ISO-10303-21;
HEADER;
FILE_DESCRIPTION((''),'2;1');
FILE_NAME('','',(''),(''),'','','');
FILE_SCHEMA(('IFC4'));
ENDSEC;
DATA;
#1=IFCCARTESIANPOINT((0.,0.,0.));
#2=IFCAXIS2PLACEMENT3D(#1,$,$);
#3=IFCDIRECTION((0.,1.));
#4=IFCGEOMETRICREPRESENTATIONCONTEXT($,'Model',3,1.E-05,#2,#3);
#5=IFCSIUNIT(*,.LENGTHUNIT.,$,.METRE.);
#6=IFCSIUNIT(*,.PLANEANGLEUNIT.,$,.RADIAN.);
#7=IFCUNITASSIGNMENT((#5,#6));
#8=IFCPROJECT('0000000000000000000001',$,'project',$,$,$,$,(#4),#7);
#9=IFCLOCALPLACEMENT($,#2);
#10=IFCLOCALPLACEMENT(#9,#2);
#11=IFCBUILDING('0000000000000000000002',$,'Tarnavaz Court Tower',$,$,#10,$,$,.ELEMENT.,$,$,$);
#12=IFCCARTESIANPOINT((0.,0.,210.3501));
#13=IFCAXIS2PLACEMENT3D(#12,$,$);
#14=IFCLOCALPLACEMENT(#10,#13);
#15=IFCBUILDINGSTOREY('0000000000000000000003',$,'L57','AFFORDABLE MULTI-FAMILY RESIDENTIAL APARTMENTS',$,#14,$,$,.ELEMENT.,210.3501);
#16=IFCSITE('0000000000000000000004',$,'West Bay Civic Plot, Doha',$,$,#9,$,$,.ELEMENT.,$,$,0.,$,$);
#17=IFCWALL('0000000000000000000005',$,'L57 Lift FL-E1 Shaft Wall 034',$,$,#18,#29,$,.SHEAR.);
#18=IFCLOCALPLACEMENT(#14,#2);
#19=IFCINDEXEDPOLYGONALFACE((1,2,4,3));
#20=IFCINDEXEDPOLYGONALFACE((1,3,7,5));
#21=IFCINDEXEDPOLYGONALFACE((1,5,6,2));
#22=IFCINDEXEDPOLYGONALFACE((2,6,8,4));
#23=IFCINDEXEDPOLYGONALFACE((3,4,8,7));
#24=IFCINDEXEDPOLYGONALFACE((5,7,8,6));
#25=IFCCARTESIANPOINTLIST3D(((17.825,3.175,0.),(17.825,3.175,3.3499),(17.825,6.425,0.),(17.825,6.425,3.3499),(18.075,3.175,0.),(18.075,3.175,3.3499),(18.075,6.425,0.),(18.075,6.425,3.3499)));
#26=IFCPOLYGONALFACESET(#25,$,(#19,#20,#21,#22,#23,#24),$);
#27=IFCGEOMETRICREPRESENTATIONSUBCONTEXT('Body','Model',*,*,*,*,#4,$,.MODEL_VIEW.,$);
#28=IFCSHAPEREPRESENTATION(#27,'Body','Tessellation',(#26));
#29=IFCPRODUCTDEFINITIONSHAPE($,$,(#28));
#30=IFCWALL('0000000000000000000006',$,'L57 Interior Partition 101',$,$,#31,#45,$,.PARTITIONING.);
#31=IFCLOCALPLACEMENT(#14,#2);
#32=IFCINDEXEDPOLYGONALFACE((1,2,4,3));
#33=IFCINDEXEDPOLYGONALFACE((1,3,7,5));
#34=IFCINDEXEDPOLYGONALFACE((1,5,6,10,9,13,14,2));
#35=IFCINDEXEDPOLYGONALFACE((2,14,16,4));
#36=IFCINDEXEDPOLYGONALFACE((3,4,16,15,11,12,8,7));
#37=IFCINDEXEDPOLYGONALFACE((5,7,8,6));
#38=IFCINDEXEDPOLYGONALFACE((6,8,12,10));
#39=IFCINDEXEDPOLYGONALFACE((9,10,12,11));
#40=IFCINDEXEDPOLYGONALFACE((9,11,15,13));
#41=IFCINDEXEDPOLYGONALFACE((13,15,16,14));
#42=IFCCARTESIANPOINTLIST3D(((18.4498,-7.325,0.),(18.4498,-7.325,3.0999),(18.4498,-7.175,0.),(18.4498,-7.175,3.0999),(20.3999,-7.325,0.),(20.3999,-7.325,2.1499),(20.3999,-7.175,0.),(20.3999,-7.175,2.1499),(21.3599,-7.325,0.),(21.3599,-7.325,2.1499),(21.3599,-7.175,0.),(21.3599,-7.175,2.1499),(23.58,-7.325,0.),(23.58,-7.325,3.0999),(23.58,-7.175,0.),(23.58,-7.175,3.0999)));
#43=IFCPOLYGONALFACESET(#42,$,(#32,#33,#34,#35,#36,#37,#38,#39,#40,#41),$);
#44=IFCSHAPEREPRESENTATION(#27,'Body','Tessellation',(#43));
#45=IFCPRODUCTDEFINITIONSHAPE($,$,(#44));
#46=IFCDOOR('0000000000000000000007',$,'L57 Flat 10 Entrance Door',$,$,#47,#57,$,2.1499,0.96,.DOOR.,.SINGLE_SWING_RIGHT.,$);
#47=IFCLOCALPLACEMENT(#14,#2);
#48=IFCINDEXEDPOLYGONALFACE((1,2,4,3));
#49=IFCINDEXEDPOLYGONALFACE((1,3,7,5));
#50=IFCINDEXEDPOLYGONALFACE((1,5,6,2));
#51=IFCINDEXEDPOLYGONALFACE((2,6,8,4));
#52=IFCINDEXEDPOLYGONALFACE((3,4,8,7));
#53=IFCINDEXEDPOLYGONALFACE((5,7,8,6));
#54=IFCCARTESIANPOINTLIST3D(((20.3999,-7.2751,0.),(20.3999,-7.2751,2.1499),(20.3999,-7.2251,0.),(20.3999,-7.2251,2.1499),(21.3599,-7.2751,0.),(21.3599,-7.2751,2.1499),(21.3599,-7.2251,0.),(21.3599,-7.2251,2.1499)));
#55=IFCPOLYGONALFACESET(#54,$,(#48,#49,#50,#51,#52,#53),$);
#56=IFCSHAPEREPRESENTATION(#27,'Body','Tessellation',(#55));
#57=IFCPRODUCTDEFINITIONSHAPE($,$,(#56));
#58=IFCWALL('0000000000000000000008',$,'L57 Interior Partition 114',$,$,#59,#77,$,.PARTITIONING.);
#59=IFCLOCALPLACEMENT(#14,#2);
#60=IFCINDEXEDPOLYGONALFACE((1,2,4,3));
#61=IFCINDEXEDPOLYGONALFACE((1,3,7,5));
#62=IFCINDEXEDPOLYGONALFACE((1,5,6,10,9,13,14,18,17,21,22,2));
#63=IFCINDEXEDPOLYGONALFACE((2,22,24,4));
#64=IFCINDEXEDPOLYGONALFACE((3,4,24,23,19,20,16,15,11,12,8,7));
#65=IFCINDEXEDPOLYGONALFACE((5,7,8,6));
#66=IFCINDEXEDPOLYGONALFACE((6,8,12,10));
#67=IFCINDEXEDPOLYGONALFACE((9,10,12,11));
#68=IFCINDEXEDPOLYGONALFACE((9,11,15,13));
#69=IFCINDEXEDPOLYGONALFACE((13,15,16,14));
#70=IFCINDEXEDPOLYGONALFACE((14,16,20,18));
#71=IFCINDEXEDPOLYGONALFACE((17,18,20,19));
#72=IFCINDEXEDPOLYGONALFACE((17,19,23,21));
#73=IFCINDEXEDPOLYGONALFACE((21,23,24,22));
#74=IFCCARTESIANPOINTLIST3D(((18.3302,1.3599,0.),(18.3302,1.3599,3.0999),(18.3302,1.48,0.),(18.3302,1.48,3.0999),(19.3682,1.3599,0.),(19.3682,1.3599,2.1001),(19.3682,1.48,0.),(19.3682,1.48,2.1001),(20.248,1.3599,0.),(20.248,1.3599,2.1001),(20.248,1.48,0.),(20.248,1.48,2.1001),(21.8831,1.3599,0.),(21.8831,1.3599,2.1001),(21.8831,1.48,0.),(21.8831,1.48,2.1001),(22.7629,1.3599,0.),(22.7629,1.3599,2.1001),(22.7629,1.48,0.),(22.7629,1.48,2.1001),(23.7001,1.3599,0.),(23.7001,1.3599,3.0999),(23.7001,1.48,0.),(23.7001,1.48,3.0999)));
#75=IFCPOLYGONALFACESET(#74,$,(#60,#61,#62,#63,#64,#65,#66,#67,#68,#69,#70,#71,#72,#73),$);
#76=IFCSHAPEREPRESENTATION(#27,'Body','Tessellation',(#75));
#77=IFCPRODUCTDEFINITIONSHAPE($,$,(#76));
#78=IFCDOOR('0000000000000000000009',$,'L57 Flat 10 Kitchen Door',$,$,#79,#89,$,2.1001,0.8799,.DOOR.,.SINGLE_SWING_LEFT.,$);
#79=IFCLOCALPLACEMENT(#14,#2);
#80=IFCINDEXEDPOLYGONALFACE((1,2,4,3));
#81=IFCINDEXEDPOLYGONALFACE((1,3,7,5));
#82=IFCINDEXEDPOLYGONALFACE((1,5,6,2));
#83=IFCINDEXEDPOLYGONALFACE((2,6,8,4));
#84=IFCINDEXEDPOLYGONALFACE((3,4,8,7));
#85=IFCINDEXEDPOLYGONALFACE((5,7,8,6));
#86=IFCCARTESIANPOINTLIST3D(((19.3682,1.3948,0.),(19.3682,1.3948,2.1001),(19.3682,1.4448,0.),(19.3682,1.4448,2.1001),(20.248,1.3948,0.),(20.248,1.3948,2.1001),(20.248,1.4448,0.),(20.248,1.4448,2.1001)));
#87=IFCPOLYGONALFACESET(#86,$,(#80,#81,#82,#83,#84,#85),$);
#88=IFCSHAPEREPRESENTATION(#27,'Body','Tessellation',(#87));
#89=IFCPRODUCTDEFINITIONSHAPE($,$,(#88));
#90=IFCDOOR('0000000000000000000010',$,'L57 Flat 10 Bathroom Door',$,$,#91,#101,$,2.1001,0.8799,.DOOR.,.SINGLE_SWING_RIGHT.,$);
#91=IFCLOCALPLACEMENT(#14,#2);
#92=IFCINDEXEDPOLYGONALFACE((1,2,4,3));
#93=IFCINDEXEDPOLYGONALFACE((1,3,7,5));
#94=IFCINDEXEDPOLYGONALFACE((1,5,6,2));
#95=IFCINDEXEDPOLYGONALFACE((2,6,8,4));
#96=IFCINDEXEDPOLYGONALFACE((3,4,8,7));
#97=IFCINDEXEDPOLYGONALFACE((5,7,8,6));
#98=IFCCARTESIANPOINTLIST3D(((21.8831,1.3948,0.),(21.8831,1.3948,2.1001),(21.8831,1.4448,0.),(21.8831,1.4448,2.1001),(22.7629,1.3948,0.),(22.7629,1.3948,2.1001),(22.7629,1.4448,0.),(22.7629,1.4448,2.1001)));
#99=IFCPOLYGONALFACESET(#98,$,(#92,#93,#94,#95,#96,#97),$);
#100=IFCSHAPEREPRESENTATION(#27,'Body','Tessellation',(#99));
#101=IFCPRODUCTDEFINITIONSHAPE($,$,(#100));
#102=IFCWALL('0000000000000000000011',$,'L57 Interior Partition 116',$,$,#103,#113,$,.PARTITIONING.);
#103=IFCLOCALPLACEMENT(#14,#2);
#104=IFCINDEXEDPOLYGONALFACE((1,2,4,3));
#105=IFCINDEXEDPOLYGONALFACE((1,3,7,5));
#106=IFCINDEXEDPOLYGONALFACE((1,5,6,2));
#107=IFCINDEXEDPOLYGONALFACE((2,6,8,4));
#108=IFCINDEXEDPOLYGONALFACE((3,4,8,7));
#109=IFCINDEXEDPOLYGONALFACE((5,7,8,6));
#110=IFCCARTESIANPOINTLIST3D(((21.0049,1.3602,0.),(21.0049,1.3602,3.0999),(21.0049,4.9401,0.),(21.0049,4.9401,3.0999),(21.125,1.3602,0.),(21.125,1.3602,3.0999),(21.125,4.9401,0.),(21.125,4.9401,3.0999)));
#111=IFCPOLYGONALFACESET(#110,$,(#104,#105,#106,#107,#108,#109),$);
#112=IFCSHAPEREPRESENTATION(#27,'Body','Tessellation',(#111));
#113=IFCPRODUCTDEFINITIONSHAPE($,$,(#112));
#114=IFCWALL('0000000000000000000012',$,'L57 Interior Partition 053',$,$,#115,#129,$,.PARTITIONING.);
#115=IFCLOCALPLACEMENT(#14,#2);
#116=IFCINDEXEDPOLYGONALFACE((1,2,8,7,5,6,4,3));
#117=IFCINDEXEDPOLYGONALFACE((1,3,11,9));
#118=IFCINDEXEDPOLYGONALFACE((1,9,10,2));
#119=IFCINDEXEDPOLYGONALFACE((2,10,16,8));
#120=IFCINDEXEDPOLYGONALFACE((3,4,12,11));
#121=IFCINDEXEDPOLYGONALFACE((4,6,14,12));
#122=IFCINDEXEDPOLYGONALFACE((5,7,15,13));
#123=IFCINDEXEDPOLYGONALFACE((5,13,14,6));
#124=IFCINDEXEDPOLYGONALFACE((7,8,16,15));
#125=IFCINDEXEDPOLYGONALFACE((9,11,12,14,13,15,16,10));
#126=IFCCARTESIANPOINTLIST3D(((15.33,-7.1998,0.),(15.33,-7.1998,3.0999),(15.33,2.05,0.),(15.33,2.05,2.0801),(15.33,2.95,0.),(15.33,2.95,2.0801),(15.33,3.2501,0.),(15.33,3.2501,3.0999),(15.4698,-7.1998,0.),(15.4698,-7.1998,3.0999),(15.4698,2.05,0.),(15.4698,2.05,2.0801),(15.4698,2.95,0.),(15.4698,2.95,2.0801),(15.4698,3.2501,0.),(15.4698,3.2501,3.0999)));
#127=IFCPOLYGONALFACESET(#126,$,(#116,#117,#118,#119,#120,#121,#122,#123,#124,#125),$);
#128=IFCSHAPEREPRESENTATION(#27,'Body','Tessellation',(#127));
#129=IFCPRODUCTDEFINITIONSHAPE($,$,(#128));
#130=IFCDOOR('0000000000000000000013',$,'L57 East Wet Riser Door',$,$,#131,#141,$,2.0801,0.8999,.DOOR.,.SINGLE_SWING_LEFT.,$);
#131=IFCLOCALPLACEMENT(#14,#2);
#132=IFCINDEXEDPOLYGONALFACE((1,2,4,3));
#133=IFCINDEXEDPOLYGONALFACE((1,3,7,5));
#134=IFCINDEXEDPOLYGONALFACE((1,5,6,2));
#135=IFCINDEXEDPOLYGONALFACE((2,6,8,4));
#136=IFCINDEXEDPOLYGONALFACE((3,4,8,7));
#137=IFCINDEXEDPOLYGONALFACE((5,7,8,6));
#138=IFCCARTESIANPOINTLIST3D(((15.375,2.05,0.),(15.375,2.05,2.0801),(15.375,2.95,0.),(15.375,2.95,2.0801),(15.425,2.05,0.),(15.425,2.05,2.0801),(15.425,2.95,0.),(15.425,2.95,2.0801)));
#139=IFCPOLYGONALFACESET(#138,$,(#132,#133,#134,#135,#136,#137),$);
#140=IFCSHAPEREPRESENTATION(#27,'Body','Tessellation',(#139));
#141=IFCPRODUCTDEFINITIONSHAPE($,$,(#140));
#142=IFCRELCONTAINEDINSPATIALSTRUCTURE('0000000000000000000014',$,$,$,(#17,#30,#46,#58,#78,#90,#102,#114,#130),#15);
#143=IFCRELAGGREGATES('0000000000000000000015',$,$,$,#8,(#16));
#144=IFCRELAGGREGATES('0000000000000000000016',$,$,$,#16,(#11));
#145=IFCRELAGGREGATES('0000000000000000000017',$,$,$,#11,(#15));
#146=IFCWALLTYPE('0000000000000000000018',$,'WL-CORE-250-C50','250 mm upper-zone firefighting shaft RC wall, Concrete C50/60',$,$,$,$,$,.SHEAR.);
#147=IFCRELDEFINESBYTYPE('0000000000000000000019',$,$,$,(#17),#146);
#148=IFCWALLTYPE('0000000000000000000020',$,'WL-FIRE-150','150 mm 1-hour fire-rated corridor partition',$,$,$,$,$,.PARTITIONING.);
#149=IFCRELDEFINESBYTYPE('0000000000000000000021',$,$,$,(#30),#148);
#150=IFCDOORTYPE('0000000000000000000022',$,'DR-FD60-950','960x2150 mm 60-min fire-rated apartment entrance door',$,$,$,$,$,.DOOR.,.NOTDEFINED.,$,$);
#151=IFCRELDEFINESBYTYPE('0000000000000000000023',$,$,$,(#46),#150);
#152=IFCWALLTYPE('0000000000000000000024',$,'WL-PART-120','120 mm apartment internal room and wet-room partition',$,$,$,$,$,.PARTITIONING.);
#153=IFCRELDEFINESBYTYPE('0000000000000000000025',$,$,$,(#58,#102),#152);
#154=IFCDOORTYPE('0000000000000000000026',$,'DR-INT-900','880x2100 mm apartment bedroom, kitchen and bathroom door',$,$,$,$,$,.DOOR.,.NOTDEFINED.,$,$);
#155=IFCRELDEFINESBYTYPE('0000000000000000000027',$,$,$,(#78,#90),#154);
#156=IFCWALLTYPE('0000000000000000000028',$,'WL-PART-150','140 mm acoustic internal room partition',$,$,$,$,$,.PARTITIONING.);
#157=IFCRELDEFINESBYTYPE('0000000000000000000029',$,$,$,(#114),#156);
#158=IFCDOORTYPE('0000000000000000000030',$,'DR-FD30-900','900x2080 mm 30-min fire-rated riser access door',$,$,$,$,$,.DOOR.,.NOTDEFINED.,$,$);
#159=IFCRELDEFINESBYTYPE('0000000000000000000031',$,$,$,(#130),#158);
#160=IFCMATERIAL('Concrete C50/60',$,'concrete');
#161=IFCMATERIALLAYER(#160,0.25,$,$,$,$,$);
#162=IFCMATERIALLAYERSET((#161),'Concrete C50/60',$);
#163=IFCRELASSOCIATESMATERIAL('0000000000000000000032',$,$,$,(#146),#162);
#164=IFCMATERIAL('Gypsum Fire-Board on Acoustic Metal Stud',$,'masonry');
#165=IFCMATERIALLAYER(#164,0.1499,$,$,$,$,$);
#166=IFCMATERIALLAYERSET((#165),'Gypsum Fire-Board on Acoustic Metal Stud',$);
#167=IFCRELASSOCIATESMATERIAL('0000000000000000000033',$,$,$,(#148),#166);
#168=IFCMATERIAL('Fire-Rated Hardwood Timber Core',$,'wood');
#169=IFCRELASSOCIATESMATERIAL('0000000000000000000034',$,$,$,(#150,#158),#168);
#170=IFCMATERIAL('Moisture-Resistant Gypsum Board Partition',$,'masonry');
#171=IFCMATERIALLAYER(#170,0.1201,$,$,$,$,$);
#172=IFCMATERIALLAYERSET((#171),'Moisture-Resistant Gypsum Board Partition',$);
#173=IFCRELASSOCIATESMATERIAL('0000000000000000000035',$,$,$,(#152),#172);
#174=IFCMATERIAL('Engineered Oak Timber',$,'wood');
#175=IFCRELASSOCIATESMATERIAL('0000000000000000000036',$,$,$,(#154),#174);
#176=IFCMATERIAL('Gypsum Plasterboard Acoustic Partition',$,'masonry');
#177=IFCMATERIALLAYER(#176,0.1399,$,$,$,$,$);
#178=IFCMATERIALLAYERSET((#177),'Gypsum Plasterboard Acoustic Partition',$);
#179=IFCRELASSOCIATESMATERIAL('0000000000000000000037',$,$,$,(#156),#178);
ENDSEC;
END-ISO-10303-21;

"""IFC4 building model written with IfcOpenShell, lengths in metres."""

from ifc_helpers import new_model, si_unit, direction, frame, frame_2d, origin, place, context, subcontext, project, spatial, rectangle, extrude, material, layer, layer_set, type_object, element, fill, save


model = new_model("IFC4")

# Units and contexts
model_context = context("Model", 3, precision=1e-05, world=origin(), true_north=direction((0.0, 1.0)))
body_context = subcontext(model_context, "Body", "Model", "MODEL_VIEW")
ifc_project = project(units=[si_unit("LENGTHUNIT", "METRE"), si_unit("PLANEANGLEUNIT", "RADIAN")], contexts=[model_context])

# Site, building, storey
site_placement = place(None, origin())
site = spatial("IfcSite", under=ifc_project, at=site_placement, Name="West Bay Civic Plot, Doha", CompositionType="ELEMENT", RefElevation=0.0)
building_placement = place(site_placement, origin())
building = spatial("IfcBuilding", under=site, at=building_placement, Name="Tarnavaz Court Tower", CompositionType="ELEMENT")
storey_placement = place(building_placement, frame((0.0, 0.0, 210.3501)))
storey = spatial("IfcBuildingStorey", under=building, at=storey_placement, Name="L57", Description="AFFORDABLE MULTI-FAMILY RESIDENTIAL APARTMENTS", CompositionType="ELEMENT", Elevation=210.3501)

# Shared definitions
ifc_material_1 = material(Name="Concrete C50/60", Category="concrete")

# Shared definitions
ifc_layer_1 = layer(ifc_material_1, 0.25)
ifc_layer_set_1 = layer_set([ifc_layer_1], Name="Concrete C50/60")
wall_type_1 = type_object("IfcWallType", Name="WL-CORE-250-C50", Description="250 mm upper-zone firefighting shaft RC wall, Concrete C50/60", PredefinedType="SHEAR", material=ifc_layer_set_1)

# Wall
wall_1_placement = place(storey_placement, frame((17.95, 3.175, 0.0), z_axis=(0.0, 0.0, 1.0), x_axis=(0.0, 1.0, 0.0)))
element("IfcWall", 1, at=wall_1_placement, inside=storey, type_object=wall_type_1, Name="L57 Lift FL-E1 Shaft Wall 034", PredefinedType="SHEAR", context=body_context, shape_type="SweptSolid", body=[
    extrude(rectangle(XDim=3.25, YDim=0.25, at=frame_2d((1.625, 0.0))), origin(), (0.0, 0.0, 1.0), 3.3499),
])

# Wall, opening, door
ifc_material_2 = material(Name="Gypsum Fire-Board on Acoustic Metal Stud", Category="masonry")
ifc_layer_2 = layer(ifc_material_2, 0.1499)
ifc_layer_set_2 = layer_set([ifc_layer_2], Name="Gypsum Fire-Board on Acoustic Metal Stud")
wall_type_2 = type_object("IfcWallType", Name="WL-FIRE-150", Description="150 mm 1-hour fire-rated corridor partition", PredefinedType="PARTITIONING", material=ifc_layer_set_2)
wall_2_placement = place(storey_placement, frame((18.45, -7.25, 0.0), z_axis=(0.0, 0.0, 1.0), x_axis=(1.0, 0.0, 0.0)))
wall_2 = element("IfcWall", 2, at=wall_2_placement, inside=storey, type_object=wall_type_2, Name="L57 Interior Partition 101", PredefinedType="PARTITIONING", context=body_context, shape_type="SweptSolid", body=[
    extrude(rectangle(XDim=5.1301, YDim=0.1499, at=frame_2d((2.5649, 0.0))), origin(), (0.0, 0.0, 1.0), 3.0999),
])
opening_1_placement = place(wall_2_placement, frame((1.95, 0.0, 0.0)))
opening_1 = element("IfcOpeningElement", 3, at=opening_1_placement, cuts=wall_2, PredefinedType="OPENING", context=body_context, shape_type="SweptSolid", body=[
    extrude(rectangle(XDim=0.96, YDim=2.1499, at=frame_2d((0.48, 1.075))), frame((0.0, 0.085, 0.0), z_axis=(0.0, -1.0, 0.0), x_axis=(1.0, 0.0, 0.0)), (0.0, 0.0, 1.0), 0.1699),
])
ifc_material_3 = material(Name="Fire-Rated Hardwood Timber Core", Category="wood")
door_type_1 = type_object("IfcDoorType", Name="DR-FD60-950", Description="960x2150 mm 60-min fire-rated apartment entrance door", OperationType="NOTDEFINED", PredefinedType="DOOR", material=ifc_material_3)
door_1_placement = place(opening_1_placement, origin())
door_1 = element("IfcDoor", 4, at=door_1_placement, inside=storey, type_object=door_type_1, Name="L57 Flat 10 Entrance Door", OperationType="SINGLE_SWING_RIGHT", OverallHeight=2.1499, OverallWidth=0.96, PredefinedType="DOOR", context=body_context, shape_type="SweptSolid", body=[
    extrude(rectangle(XDim=0.96, YDim=2.1499, at=frame_2d((0.48, 1.075))), frame((0.0, 0.0249, 0.0), z_axis=(0.0, -1.0, 0.0), x_axis=(1.0, 0.0, 0.0)), (0.0, 0.0, 1.0), 0.05),
])
fill(opening_1, door_1)

# Wall, openings, doors
ifc_material_4 = material(Name="Moisture-Resistant Gypsum Board Partition", Category="masonry")
ifc_layer_3 = layer(ifc_material_4, 0.1201)
ifc_layer_set_3 = layer_set([ifc_layer_3], Name="Moisture-Resistant Gypsum Board Partition")
wall_type_3 = type_object("IfcWallType", Name="WL-PART-120", Description="120 mm apartment internal room and wet-room partition", PredefinedType="PARTITIONING", material=ifc_layer_set_3)
wall_3_placement = place(storey_placement, frame((18.3301, 1.4199, 0.0), z_axis=(0.0, 0.0, 1.0), x_axis=(1.0, 0.0, 0.0)))
wall_3 = element("IfcWall", 5, at=wall_3_placement, inside=storey, type_object=wall_type_3, Name="L57 Interior Partition 114", PredefinedType="PARTITIONING", context=body_context, shape_type="SweptSolid", body=[
    extrude(rectangle(XDim=5.3699, YDim=0.1201, at=frame_2d((2.6851, 0.0))), origin(), (0.0, 0.0, 1.0), 3.0999),
])
opening_2_placement = place(wall_3_placement, frame((1.0381, 0.0, 0.0)))
opening_2 = element("IfcOpeningElement", 6, at=opening_2_placement, cuts=wall_3, PredefinedType="OPENING", context=body_context, shape_type="SweptSolid", body=[
    extrude(rectangle(XDim=0.8799, YDim=2.1001, at=frame_2d((0.4399, 1.05))), frame((0.0, 0.0701, 0.0), z_axis=(0.0, -1.0, 0.0), x_axis=(1.0, 0.0, 0.0)), (0.0, 0.0, 1.0), 0.1401),
])
opening_3_placement = place(wall_3_placement, frame((3.553, 0.0, 0.0)))
opening_3 = element("IfcOpeningElement", 7, at=opening_3_placement, cuts=wall_3, PredefinedType="OPENING", context=body_context, shape_type="SweptSolid", body=[
    extrude(rectangle(XDim=0.8799, YDim=2.1001, at=frame_2d((0.4399, 1.05))), frame((0.0, 0.0701, 0.0), z_axis=(0.0, -1.0, 0.0), x_axis=(1.0, 0.0, 0.0)), (0.0, 0.0, 1.0), 0.1401),
])
ifc_material_5 = material(Name="Engineered Oak Timber", Category="wood")
door_type_2 = type_object("IfcDoorType", Name="DR-INT-900", Description="880x2100 mm apartment bedroom, kitchen and bathroom door", OperationType="NOTDEFINED", PredefinedType="DOOR", material=ifc_material_5)
door_2_placement = place(opening_2_placement, origin())
door_2 = element("IfcDoor", 8, at=door_2_placement, inside=storey, type_object=door_type_2, Name="L57 Flat 10 Kitchen Door", OperationType="SINGLE_SWING_LEFT", OverallHeight=2.1001, OverallWidth=0.8799, PredefinedType="DOOR", context=body_context, shape_type="SweptSolid", body=[
    extrude(rectangle(XDim=0.8799, YDim=2.1001, at=frame_2d((0.4399, 1.05))), frame((0.0, 0.0249, 0.0), z_axis=(0.0, -1.0, 0.0), x_axis=(1.0, 0.0, 0.0)), (0.0, 0.0, 1.0), 0.05),
])
fill(opening_2, door_2)
door_3_placement = place(opening_3_placement, origin())
door_3 = element("IfcDoor", 9, at=door_3_placement, inside=storey, type_object=door_type_2, Name="L57 Flat 10 Bathroom Door", OperationType="SINGLE_SWING_RIGHT", OverallHeight=2.1001, OverallWidth=0.8799, PredefinedType="DOOR", context=body_context, shape_type="SweptSolid", body=[
    extrude(rectangle(XDim=0.8799, YDim=2.1001, at=frame_2d((0.4399, 1.05))), frame((0.0, 0.0249, 0.0), z_axis=(0.0, -1.0, 0.0), x_axis=(1.0, 0.0, 0.0)), (0.0, 0.0, 1.0), 0.05),
])
fill(opening_3, door_3)

# Wall
wall_4_placement = place(storey_placement, frame((21.0649, 1.3601, 0.0), z_axis=(0.0, 0.0, 1.0), x_axis=(0.0, 1.0, 0.0)))
element("IfcWall", 10, at=wall_4_placement, inside=storey, type_object=wall_type_3, Name="L57 Interior Partition 116", PredefinedType="PARTITIONING", context=body_context, shape_type="SweptSolid", body=[
    extrude(rectangle(XDim=3.5798, YDim=0.1201, at=frame_2d((1.79, 0.0))), origin(), (0.0, 0.0, 1.0), 3.0999),
])

# Wall, opening, door
ifc_material_6 = material(Name="Gypsum Plasterboard Acoustic Partition", Category="masonry")
ifc_layer_4 = layer(ifc_material_6, 0.1399)
ifc_layer_set_4 = layer_set([ifc_layer_4], Name="Gypsum Plasterboard Acoustic Partition")
wall_type_4 = type_object("IfcWallType", Name="WL-PART-150", Description="140 mm acoustic internal room partition", PredefinedType="PARTITIONING", material=ifc_layer_set_4)
wall_5_placement = place(storey_placement, frame((15.3999, -7.2, 0.0), z_axis=(0.0, 0.0, 1.0), x_axis=(0.0, 1.0, 0.0)))
wall_5 = element("IfcWall", 11, at=wall_5_placement, inside=storey, type_object=wall_type_4, Name="L57 Interior Partition 053", PredefinedType="PARTITIONING", context=body_context, shape_type="SweptSolid", body=[
    extrude(rectangle(XDim=10.45, YDim=0.1399, at=frame_2d((5.2251, 0.0))), origin(), (0.0, 0.0, 1.0), 3.0999),
])
opening_4_placement = place(wall_5_placement, frame((9.25, 0.0, 0.0)))
opening_4 = element("IfcOpeningElement", 12, at=opening_4_placement, cuts=wall_5, PredefinedType="OPENING", context=body_context, shape_type="SweptSolid", body=[
    extrude(rectangle(XDim=0.8999, YDim=2.0801, at=frame_2d((0.45, 1.04))), frame((0.0, 0.0798, 0.0), z_axis=(0.0, -1.0, 0.0), x_axis=(1.0, 0.0, 0.0)), (0.0, 0.0, 1.0), 0.1599),
])
door_type_3 = type_object("IfcDoorType", Name="DR-FD30-900", Description="900x2080 mm 30-min fire-rated riser access door", OperationType="NOTDEFINED", PredefinedType="DOOR", material=ifc_material_3)
door_4_placement = place(opening_4_placement, origin())
door_4 = element("IfcDoor", 13, at=door_4_placement, inside=storey, type_object=door_type_3, Name="L57 East Wet Riser Door", OperationType="SINGLE_SWING_LEFT", OverallHeight=2.0801, OverallWidth=0.8999, PredefinedType="DOOR", context=body_context, shape_type="SweptSolid", body=[
    extrude(rectangle(XDim=0.8999, YDim=2.0801, at=frame_2d((0.45, 1.04))), frame((0.0, 0.0249, 0.0), z_axis=(0.0, -1.0, 0.0), x_axis=(1.0, 0.0, 0.0)), (0.0, 0.0, 1.0), 0.05),
])
fill(opening_4, door_4)

save(model, "model.ifc")
